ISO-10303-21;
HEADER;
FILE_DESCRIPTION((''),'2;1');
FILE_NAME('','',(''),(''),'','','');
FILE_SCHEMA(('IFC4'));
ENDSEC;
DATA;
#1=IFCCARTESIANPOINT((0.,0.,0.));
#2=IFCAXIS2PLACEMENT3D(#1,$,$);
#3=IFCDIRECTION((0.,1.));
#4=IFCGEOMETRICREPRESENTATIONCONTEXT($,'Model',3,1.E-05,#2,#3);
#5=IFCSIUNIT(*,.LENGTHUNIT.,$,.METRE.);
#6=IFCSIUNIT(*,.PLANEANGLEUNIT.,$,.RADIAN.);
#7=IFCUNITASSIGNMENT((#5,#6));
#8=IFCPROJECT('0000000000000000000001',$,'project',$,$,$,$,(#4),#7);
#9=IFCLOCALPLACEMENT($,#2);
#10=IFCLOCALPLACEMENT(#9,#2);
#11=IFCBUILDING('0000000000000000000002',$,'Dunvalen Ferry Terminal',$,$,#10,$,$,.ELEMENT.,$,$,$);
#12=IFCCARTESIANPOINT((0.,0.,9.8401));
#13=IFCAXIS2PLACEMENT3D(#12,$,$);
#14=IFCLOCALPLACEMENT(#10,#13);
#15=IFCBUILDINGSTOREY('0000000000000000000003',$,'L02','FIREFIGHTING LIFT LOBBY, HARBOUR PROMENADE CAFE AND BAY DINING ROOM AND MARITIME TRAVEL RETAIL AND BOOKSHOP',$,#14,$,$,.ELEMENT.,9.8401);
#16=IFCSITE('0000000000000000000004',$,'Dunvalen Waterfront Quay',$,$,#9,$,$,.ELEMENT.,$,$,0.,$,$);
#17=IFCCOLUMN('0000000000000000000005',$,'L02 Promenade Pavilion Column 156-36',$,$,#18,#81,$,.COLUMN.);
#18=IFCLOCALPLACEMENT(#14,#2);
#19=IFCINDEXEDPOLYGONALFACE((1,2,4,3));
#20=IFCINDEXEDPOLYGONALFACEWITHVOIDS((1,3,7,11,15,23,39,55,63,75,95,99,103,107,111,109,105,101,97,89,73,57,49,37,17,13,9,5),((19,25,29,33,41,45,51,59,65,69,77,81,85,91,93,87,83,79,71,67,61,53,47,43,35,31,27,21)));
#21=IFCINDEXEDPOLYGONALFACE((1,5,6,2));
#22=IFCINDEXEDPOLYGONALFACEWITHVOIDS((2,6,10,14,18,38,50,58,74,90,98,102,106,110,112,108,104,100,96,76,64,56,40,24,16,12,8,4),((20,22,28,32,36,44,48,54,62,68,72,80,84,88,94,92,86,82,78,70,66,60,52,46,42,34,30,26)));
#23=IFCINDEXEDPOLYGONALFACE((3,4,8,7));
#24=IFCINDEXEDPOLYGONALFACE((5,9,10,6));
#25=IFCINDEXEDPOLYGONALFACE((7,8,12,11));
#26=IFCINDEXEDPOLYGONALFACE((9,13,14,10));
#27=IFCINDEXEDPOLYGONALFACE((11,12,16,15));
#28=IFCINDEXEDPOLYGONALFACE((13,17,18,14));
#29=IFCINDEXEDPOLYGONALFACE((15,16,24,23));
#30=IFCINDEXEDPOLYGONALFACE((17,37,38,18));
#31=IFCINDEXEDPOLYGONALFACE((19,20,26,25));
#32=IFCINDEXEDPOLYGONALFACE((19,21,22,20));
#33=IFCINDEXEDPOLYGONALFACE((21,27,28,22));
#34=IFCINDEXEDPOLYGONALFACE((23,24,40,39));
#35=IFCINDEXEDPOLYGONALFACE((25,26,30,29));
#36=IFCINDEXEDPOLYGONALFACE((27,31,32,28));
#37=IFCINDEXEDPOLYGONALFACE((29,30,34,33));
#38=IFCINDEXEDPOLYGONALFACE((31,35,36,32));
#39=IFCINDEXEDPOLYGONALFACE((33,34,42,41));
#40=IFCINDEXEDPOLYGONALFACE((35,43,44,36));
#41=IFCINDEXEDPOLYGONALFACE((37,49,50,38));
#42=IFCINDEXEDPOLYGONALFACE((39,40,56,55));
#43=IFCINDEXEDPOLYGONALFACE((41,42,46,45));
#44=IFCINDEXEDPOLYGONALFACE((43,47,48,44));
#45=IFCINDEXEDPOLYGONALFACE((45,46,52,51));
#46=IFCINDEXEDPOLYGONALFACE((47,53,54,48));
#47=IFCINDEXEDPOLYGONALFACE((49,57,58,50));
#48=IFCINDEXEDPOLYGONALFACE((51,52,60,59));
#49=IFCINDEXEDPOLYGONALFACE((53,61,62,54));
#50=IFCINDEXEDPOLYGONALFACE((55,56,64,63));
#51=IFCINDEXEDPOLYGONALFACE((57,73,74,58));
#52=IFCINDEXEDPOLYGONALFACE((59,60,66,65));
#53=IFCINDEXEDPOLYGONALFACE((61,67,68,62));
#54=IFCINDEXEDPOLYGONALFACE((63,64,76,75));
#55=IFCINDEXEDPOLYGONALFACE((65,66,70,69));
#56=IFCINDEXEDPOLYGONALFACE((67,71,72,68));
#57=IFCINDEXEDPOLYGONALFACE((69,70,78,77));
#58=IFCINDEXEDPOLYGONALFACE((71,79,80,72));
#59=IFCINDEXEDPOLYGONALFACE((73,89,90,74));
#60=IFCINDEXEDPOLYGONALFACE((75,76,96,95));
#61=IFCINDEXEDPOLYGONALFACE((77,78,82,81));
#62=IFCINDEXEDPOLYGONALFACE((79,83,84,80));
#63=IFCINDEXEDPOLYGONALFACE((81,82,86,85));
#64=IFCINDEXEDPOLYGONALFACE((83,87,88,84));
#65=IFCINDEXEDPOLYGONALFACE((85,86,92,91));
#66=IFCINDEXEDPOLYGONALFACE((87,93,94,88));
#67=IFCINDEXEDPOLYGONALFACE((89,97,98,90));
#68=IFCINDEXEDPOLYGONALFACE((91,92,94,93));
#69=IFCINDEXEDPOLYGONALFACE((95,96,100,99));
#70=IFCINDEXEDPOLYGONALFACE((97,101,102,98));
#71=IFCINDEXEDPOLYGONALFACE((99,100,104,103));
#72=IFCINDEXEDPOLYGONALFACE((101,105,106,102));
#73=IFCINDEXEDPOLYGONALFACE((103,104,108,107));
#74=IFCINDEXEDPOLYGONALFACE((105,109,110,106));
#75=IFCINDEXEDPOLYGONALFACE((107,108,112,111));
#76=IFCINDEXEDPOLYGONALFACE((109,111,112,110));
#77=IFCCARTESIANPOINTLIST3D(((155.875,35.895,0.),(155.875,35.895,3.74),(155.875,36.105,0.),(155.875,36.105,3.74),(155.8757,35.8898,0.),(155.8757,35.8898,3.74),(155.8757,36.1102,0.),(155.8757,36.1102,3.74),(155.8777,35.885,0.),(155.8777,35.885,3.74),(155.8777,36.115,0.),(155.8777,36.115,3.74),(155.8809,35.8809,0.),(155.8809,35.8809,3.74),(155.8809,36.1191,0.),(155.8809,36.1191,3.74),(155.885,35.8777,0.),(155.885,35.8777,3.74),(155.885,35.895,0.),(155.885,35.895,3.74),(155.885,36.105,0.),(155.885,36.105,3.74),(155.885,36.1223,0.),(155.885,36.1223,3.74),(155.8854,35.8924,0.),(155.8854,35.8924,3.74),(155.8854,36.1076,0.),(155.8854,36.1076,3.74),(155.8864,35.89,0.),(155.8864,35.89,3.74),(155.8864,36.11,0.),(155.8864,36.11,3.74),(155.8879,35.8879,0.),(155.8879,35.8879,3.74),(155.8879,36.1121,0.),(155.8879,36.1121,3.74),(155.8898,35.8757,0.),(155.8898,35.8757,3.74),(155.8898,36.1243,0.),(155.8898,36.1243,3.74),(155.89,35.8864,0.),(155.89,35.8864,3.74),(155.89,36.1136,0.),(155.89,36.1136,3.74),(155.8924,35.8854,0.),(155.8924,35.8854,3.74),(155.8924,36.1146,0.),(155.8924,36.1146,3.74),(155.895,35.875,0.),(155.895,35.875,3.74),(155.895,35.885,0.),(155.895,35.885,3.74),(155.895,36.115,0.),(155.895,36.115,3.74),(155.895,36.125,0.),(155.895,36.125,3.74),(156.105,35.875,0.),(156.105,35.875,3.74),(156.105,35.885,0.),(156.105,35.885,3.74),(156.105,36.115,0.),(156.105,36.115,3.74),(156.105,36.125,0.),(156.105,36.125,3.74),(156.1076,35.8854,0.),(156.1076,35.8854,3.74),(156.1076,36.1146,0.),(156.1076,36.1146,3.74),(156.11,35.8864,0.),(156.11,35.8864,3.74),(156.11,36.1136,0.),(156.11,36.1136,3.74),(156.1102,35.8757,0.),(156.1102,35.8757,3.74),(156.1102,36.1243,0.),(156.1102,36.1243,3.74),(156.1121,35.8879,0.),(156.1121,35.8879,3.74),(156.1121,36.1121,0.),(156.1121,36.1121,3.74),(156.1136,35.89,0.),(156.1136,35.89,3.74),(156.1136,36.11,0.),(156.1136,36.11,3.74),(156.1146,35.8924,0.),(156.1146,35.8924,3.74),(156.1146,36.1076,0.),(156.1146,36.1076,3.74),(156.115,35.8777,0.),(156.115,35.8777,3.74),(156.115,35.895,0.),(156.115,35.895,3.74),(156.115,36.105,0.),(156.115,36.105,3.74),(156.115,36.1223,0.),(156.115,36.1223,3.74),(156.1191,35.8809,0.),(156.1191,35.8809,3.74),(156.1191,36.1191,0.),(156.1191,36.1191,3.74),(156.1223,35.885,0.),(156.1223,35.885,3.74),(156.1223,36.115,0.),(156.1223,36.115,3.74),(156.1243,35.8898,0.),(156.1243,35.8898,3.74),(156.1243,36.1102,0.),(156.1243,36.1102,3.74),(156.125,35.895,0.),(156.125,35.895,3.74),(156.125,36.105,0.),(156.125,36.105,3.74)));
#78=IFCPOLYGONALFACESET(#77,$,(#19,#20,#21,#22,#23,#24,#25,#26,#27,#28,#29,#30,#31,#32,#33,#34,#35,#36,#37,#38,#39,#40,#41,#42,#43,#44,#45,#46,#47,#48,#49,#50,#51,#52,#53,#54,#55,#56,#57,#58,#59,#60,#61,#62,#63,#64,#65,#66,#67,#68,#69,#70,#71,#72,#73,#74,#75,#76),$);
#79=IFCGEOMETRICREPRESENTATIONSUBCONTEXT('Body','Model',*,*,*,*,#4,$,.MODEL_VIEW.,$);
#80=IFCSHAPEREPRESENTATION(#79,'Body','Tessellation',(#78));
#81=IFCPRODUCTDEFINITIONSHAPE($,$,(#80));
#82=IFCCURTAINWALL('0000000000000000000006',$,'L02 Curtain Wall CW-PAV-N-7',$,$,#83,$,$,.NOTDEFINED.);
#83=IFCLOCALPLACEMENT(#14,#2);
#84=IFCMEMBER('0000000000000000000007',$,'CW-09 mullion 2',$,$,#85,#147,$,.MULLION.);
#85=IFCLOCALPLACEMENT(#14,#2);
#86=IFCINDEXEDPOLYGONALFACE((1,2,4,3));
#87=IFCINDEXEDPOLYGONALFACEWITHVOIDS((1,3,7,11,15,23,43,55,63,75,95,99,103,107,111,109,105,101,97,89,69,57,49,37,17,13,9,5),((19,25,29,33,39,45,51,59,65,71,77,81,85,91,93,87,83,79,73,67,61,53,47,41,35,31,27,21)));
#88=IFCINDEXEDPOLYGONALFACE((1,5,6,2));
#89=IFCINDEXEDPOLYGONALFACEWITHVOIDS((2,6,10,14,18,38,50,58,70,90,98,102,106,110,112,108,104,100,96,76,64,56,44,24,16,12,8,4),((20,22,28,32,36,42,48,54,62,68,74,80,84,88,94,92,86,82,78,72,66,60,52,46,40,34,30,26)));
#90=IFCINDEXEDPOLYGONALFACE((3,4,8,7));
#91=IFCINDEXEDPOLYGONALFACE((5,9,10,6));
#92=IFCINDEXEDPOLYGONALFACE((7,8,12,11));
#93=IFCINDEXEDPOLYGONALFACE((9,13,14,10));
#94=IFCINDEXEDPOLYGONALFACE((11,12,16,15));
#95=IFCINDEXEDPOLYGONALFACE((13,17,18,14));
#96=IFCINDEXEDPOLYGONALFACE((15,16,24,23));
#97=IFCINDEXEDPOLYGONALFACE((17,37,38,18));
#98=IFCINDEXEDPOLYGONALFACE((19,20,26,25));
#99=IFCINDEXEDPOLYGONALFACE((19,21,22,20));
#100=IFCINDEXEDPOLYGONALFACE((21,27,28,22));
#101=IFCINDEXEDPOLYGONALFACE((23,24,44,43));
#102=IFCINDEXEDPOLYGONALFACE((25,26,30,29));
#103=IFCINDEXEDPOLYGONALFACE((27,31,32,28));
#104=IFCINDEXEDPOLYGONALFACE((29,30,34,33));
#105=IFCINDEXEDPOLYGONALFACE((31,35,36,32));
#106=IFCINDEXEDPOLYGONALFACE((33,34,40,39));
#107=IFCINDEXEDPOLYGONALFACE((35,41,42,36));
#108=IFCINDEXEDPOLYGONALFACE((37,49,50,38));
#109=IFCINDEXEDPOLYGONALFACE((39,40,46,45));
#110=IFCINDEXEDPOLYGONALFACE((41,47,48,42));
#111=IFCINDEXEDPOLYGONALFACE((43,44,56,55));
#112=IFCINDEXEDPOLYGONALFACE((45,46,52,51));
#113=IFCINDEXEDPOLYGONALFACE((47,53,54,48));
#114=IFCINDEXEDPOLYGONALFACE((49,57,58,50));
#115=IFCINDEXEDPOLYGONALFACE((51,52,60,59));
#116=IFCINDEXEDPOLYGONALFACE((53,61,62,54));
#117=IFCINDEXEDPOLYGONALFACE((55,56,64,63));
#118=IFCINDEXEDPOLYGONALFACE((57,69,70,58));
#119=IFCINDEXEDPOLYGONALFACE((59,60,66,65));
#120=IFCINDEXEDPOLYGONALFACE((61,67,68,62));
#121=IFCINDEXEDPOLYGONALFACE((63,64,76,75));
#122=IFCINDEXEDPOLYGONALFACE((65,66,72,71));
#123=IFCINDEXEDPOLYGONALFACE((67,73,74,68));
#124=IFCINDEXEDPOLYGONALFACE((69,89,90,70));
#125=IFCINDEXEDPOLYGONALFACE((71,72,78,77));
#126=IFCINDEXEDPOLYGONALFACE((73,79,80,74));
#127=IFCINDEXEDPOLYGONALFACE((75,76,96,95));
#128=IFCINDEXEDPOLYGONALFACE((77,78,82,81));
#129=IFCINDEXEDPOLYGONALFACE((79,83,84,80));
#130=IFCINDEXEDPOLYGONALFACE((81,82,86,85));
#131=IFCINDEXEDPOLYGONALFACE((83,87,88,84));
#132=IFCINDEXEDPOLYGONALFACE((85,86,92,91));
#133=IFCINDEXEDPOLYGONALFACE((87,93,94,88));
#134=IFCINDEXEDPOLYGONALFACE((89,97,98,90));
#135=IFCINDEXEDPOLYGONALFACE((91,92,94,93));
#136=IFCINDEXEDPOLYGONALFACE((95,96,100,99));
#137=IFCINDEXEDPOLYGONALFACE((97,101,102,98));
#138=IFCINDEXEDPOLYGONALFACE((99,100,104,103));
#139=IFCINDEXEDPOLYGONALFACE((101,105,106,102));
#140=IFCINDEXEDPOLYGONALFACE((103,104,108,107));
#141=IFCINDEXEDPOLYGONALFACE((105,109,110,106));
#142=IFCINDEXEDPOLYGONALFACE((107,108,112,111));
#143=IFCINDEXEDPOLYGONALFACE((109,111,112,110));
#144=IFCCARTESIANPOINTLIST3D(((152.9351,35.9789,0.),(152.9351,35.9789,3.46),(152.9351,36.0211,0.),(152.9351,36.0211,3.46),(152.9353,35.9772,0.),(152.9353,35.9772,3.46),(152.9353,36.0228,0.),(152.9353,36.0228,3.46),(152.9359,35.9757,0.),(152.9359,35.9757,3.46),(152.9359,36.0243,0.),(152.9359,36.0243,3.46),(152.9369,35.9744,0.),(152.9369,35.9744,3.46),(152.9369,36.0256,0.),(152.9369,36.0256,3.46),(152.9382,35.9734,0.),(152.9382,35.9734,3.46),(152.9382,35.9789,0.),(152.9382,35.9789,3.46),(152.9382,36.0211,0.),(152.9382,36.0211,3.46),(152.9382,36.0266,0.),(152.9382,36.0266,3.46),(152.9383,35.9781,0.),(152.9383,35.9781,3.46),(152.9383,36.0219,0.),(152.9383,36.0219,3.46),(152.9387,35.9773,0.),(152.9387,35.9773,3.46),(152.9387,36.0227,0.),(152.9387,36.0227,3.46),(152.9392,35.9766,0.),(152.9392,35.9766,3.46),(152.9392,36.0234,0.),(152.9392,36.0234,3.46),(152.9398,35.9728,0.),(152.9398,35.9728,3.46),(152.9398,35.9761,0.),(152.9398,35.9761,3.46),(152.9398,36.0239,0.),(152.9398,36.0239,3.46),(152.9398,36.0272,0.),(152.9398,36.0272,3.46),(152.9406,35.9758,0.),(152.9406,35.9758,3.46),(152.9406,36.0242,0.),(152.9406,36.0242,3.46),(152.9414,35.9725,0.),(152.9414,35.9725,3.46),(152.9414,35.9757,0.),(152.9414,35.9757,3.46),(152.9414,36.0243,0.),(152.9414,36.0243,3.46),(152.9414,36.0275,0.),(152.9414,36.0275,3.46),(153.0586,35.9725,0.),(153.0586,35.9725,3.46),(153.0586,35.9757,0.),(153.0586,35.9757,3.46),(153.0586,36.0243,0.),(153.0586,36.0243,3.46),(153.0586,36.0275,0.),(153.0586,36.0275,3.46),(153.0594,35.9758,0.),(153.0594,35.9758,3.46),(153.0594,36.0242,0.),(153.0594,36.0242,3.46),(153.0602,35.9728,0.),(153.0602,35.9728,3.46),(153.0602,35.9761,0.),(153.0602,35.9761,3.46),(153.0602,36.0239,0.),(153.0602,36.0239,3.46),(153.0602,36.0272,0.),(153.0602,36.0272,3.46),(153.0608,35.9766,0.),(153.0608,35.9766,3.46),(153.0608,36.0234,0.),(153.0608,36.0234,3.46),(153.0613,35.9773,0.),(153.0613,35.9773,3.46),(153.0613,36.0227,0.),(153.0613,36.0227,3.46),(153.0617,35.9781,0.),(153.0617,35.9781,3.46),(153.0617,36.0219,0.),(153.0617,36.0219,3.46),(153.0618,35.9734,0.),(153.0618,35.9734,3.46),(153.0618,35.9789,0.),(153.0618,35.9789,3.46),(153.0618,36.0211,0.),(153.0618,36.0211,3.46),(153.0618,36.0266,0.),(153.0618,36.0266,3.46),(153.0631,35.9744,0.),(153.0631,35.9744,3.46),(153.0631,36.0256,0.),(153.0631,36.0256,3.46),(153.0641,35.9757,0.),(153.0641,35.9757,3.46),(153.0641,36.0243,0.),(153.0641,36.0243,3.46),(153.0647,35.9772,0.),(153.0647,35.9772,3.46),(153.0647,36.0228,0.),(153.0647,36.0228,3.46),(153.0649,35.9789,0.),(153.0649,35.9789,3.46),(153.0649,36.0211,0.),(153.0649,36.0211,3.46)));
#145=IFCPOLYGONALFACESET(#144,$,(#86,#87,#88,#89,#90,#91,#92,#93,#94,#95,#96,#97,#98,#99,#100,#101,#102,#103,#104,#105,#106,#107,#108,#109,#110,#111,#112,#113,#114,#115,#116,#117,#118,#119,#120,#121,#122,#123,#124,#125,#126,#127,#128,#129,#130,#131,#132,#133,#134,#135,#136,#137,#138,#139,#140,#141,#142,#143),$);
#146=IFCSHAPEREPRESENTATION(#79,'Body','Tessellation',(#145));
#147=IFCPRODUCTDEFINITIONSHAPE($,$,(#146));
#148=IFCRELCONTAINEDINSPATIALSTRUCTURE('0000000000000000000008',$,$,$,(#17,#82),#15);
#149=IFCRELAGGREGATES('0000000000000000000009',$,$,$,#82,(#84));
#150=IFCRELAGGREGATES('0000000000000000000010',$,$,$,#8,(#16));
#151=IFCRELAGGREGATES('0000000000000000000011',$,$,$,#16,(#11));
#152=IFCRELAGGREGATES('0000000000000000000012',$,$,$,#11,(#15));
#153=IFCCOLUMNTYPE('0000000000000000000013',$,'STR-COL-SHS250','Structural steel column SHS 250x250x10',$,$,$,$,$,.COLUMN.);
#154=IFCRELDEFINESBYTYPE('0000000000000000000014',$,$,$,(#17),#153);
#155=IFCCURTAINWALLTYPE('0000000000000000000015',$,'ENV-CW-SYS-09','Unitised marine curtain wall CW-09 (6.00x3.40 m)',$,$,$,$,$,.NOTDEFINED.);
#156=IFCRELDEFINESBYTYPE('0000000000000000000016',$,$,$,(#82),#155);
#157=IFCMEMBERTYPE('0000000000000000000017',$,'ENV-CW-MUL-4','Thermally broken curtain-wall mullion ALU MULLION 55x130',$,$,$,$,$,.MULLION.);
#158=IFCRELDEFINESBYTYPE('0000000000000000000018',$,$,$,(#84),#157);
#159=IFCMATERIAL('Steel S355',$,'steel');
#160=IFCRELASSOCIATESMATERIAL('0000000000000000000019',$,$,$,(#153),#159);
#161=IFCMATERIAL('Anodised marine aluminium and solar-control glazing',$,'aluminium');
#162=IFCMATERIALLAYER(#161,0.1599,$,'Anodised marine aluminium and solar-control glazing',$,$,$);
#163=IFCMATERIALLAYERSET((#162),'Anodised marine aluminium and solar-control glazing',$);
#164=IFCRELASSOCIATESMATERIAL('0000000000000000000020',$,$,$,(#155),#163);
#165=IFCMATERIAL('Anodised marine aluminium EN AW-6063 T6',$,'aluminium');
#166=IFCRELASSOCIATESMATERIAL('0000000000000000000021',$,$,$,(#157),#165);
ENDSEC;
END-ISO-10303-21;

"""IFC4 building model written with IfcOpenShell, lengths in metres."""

from ifc_helpers import new_model, si_unit, direction, frame, origin, origin_2d, place, context, subcontext, project, spatial, hollow_rectangle, extrude, material, layer, layer_set, material_profile, profile_set, type_object, element, aggregate, save


model = new_model("IFC4")

# Units and contexts
model_context = context("Model", 3, precision=1e-05, world=origin(), true_north=direction((0.0, 1.0)))
body_context = subcontext(model_context, "Body", "Model", "MODEL_VIEW")
ifc_project = project(units=[si_unit("LENGTHUNIT", "METRE"), si_unit("PLANEANGLEUNIT", "RADIAN")], contexts=[model_context])

# Site, building, storey
site_placement = place(None, origin())
site = spatial("IfcSite", under=ifc_project, at=site_placement, Name="Dunvalen Waterfront Quay", CompositionType="ELEMENT", RefElevation=0.0)
building_placement = place(site_placement, origin())
building = spatial("IfcBuilding", under=site, at=building_placement, Name="Dunvalen Ferry Terminal", CompositionType="ELEMENT")
storey_placement = place(building_placement, frame((0.0, 0.0, 9.8401)))
storey = spatial("IfcBuildingStorey", under=building, at=storey_placement, Name="L02", Description="FIREFIGHTING LIFT LOBBY, HARBOUR PROMENADE CAFE AND BAY DINING ROOM AND MARITIME TRAVEL RETAIL AND BOOKSHOP", CompositionType="ELEMENT", Elevation=9.8401)

# Column
ifc_material_1 = material(Name="Steel S355", Category="steel")
ifc_material_profile_1 = material_profile(ifc_material_1, hollow_rectangle(XDim=0.25, YDim=0.25, WallThickness=0.01, InnerFilletRadius=0.01, OuterFilletRadius=0.02, at=origin_2d()), Name="Steel S355")
ifc_profile_set_1 = profile_set([ifc_material_profile_1], Name="Steel S355")
column_type = type_object("IfcColumnType", Name="STR-COL-SHS250", Description="Structural steel column SHS 250x250x10", PredefinedType="COLUMN", material=ifc_profile_set_1)
column_placement = place(storey_placement, frame((156.0, 36.0, 0.0), z_axis=(0.0, 0.0, 1.0), x_axis=(1.0, 0.0, 0.0)))
element("IfcColumn", 1, at=column_placement, inside=storey, type_object=column_type, Name="L02 Promenade Pavilion Column 156-36", PredefinedType="COLUMN", context=body_context, shape_type="SweptSolid", body=[
    extrude(hollow_rectangle(XDim=0.25, YDim=0.25, WallThickness=0.01, InnerFilletRadius=0.01, OuterFilletRadius=0.02, at=origin_2d()), origin(), (0.0, 0.0, 1.0), 3.74),
])

# Curtain wall, member
ifc_material_2 = material(Name="Anodised marine aluminium and solar-control glazing", Category="aluminium")
ifc_layer_1 = layer(ifc_material_2, 0.1599, Name="Anodised marine aluminium and solar-control glazing")
ifc_layer_set_1 = layer_set([ifc_layer_1], Name="Anodised marine aluminium and solar-control glazing")
curtain_wall_type = type_object("IfcCurtainWallType", Name="ENV-CW-SYS-09", Description="Unitised marine curtain wall CW-09 (6.00x3.40 m)", PredefinedType="NOTDEFINED", material=ifc_layer_set_1)
curtain_wall_placement = place(storey_placement, origin())
curtain_wall = element("IfcCurtainWall", 2, at=curtain_wall_placement, inside=storey, type_object=curtain_wall_type, Name="L02 Curtain Wall CW-PAV-N-7", PredefinedType="NOTDEFINED")
ifc_material_3 = material(Name="Anodised marine aluminium EN AW-6063 T6", Category="aluminium")
ifc_material_profile_2 = material_profile(ifc_material_3, hollow_rectangle(XDim=0.0549, YDim=0.1299, WallThickness=0.0032, InnerFilletRadius=0.0032, OuterFilletRadius=0.0063, at=origin_2d()), Name="Anodised marine aluminium EN AW-6063 T6")
ifc_profile_set_2 = profile_set([ifc_material_profile_2], Name="Anodised marine aluminium EN AW-6063 T6")
member_type_1 = type_object("IfcMemberType", Name="ENV-CW-MUL-4", Description="Thermally broken curtain-wall mullion ALU MULLION 55x130", PredefinedType="MULLION", material=ifc_profile_set_2)
member_1_placement = place(storey_placement, frame((153.0, 36.0, 0.0), z_axis=(0.0, 0.0, 1.0), x_axis=(0.0, 1.0, 0.0)))
member_1 = element("IfcMember", 3, at=member_1_placement, type_object=member_type_1, Name="CW-09 mullion 2", PredefinedType="MULLION", context=body_context, shape_type="SweptSolid", body=[
    extrude(hollow_rectangle(XDim=0.0549, YDim=0.1299, WallThickness=0.0032, InnerFilletRadius=0.0032, OuterFilletRadius=0.0063, at=origin_2d()), origin(), (0.0, 0.0, 1.0), 3.46),
])

aggregate(curtain_wall, [member_1])

save(model, "model.ifc")
